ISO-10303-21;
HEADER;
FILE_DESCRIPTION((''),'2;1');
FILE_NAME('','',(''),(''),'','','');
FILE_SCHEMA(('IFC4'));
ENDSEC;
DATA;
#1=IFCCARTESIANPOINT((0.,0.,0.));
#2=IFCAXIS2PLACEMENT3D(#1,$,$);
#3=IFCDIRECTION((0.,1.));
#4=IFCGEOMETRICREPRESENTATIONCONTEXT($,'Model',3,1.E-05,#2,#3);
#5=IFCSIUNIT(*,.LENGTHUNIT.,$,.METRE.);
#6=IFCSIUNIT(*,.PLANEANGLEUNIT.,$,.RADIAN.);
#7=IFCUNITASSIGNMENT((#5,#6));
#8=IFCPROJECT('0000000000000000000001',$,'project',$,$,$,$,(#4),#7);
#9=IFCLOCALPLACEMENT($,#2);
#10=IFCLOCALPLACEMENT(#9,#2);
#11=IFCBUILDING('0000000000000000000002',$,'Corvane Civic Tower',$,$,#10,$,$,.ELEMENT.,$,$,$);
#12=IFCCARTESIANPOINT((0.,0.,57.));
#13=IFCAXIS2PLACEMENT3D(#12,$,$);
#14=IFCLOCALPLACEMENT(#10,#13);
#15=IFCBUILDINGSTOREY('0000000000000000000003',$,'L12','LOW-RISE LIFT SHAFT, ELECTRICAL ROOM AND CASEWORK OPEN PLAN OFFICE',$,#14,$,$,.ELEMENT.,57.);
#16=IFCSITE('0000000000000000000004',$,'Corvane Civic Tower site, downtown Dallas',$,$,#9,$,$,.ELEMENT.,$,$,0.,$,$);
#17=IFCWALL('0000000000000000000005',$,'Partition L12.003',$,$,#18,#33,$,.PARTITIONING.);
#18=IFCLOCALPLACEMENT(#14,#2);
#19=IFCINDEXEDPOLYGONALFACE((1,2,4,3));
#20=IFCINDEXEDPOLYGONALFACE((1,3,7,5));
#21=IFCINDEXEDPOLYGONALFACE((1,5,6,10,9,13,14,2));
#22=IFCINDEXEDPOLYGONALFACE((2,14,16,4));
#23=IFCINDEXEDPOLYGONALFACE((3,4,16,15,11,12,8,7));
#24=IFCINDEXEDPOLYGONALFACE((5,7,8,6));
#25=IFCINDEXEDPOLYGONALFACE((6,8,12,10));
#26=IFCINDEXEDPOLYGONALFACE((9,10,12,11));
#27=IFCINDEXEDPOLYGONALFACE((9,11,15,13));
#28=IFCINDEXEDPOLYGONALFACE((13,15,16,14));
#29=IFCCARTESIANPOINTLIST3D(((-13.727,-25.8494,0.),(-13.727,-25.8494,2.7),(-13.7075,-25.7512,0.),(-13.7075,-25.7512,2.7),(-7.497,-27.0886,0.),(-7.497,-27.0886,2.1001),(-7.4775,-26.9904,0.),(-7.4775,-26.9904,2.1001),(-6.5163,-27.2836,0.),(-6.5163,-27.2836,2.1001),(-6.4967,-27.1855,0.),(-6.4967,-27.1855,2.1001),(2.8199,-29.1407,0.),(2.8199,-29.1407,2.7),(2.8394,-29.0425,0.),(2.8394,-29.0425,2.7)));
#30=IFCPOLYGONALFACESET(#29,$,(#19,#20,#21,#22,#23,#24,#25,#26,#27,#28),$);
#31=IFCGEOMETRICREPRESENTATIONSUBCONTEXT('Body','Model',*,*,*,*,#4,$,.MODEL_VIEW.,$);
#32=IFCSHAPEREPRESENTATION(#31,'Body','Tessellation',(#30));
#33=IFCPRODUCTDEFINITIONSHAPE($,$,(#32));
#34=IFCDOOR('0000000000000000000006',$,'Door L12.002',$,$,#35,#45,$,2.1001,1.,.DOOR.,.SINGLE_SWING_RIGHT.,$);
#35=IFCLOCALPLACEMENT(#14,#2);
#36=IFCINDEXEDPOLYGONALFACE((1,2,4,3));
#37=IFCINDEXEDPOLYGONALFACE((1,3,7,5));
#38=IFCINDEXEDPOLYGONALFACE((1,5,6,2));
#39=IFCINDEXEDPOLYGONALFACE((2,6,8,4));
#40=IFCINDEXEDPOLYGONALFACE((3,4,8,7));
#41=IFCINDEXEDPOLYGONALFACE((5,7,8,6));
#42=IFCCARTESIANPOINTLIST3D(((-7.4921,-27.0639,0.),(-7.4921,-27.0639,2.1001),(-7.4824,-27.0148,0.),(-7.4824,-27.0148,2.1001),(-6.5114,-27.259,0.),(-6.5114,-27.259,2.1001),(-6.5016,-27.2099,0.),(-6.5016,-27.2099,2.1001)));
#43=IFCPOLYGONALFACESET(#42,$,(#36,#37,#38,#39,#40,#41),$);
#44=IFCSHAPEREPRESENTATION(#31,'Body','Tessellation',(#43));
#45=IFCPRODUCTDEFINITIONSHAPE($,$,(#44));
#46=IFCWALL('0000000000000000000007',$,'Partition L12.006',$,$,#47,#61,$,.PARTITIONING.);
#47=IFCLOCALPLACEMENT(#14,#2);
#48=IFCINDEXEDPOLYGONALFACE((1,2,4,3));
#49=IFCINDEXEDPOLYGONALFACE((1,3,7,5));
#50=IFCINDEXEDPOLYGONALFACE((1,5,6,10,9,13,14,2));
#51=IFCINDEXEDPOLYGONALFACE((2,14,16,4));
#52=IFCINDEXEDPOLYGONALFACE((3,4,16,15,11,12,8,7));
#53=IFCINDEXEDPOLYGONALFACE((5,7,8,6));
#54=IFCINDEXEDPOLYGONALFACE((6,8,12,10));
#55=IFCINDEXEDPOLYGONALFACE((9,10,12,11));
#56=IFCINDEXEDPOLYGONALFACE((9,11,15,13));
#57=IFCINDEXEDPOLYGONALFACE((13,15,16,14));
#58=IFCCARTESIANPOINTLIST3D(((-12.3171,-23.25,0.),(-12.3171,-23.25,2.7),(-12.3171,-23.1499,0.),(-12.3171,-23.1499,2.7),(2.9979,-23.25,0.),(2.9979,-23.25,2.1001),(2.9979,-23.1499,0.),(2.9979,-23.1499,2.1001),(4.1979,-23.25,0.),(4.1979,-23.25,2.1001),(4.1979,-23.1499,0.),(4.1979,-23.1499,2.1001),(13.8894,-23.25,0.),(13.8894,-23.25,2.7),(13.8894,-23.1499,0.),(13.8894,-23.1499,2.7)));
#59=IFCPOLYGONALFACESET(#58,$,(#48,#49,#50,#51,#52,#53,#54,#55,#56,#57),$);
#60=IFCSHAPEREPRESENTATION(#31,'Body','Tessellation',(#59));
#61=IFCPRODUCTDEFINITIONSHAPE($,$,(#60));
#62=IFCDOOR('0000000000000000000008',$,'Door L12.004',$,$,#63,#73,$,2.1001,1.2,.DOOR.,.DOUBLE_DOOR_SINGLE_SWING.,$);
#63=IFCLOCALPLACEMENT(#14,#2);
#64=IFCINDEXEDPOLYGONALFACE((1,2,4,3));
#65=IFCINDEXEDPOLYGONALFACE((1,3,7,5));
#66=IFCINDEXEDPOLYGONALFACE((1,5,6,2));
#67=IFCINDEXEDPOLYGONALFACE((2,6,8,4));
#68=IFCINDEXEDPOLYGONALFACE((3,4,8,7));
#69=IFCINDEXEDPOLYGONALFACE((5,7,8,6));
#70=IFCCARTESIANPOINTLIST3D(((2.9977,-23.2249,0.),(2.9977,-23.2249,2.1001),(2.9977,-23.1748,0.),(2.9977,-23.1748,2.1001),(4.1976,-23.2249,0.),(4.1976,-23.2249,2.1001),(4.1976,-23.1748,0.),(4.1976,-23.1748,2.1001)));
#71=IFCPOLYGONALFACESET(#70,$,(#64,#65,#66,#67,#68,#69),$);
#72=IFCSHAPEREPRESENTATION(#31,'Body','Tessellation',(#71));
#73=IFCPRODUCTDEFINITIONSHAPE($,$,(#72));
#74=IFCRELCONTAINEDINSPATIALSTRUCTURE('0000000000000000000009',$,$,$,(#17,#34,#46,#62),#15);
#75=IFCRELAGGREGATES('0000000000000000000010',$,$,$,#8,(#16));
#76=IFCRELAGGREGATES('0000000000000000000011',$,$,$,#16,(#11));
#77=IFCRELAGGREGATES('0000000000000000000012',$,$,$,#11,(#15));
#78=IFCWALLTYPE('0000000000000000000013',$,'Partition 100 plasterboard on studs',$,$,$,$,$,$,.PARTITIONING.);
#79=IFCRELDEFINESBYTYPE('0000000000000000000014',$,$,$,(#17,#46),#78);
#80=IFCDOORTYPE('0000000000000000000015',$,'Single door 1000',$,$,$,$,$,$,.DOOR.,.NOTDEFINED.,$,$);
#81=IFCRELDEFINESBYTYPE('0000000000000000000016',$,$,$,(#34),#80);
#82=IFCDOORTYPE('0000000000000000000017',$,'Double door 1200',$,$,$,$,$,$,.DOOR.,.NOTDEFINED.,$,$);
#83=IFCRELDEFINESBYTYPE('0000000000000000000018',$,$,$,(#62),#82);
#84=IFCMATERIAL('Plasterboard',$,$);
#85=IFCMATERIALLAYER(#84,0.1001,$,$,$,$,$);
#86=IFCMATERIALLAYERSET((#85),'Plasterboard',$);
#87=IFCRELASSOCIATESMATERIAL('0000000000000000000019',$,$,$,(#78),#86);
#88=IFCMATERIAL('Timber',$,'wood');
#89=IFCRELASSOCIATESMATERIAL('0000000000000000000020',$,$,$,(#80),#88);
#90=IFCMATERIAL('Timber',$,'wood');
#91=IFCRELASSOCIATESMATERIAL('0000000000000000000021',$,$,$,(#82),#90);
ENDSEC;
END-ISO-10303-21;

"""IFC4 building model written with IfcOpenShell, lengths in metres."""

from ifc_helpers import new_model, si_unit, direction, frame, frame_2d, origin, place, context, subcontext, project, spatial, rectangle, extrude, material, layer, layer_set, type_object, element, fill, save


model = new_model("IFC4")

# Units and contexts
model_context = context("Model", 3, precision=1e-05, world=origin(), true_north=direction((0.0, 1.0)))
body_context = subcontext(model_context, "Body", "Model", "MODEL_VIEW")
ifc_project = project(units=[si_unit("LENGTHUNIT", "METRE"), si_unit("PLANEANGLEUNIT", "RADIAN")], contexts=[model_context])

# Site, building, storey
site_placement = place(None, origin())
site = spatial("IfcSite", under=ifc_project, at=site_placement, Name="Corvane Civic Tower site, downtown Dallas", CompositionType="ELEMENT", RefElevation=0.0)
building_placement = place(site_placement, origin())
building = spatial("IfcBuilding", under=site, at=building_placement, Name="Corvane Civic Tower", CompositionType="ELEMENT")
storey_placement = place(building_placement, frame((0.0, 0.0, 57.0)))
storey = spatial("IfcBuildingStorey", under=building, at=storey_placement, Name="L12", Description="LOW-RISE LIFT SHAFT, ELECTRICAL ROOM AND CASEWORK OPEN PLAN OFFICE", CompositionType="ELEMENT", Elevation=57.0)

# Shared definitions
ifc_material_1 = material(Name="Plasterboard")
ifc_layer_1 = layer(ifc_material_1, 0.1001)
ifc_layer_set_1 = layer_set([ifc_layer_1], Name="Plasterboard")
wall_type = type_object("IfcWallType", Name="Partition 100 plasterboard on studs", PredefinedType="PARTITIONING", material=ifc_layer_set_1)

# Walls, openings, doors
wall_1_placement = place(storey_placement, frame((-13.7173, -25.8003, 0.0), z_axis=(0.0, 0.0, 1.0), x_axis=(0.980787, -0.195084, 0.0)))
wall_1 = element("IfcWall", 1, at=wall_1_placement, inside=storey, type_object=wall_type, Name="Partition L12.003", PredefinedType="PARTITIONING", context=body_context, shape_type="SweptSolid", body=[
    extrude(rectangle(XDim=16.8711, YDim=0.1001, at=frame_2d((8.4355, 0.0))), origin(), (0.0, 0.0, 1.0), 2.7),
])
opening_1_placement = place(wall_1_placement, frame((6.3521, 0.0, 0.0)))
opening_1 = element("IfcOpeningElement", 2, at=opening_1_placement, cuts=wall_1, PredefinedType="OPENING", context=body_context, shape_type="SweptSolid", body=[
    extrude(rectangle(XDim=1.0, YDim=2.1001, at=frame_2d((0.5, 1.05))), frame((0.0, 0.0601, 0.0), z_axis=(0.0, -1.0, 0.0), x_axis=(1.0, 0.0, 0.0)), (0.0, 0.0, 1.0), 0.1201),
])
ifc_material_2 = material(Name="Timber", Category="wood")
door_type_1 = type_object("IfcDoorType", Name="Single door 1000", OperationType="NOTDEFINED", PredefinedType="DOOR", material=ifc_material_2)
door_1_placement = place(opening_1_placement, frame((1.0, 0.0, 0.0), z_axis=(0.0, 0.0, 1.0), x_axis=(-1.0, 0.0, 0.0)))
door_1 = element("IfcDoor", 3, at=door_1_placement, inside=storey, type_object=door_type_1, Name="Door L12.002", OperationType="SINGLE_SWING_RIGHT", OverallHeight=2.1001, OverallWidth=1.0, PredefinedType="DOOR", context=body_context, shape_type="SweptSolid", body=[
    extrude(rectangle(XDim=1.0, YDim=2.1001, at=frame_2d((0.5, 1.05))), frame((0.0, 0.0249, 0.0), z_axis=(0.0, -1.0, 0.0), x_axis=(1.0, 0.0, 0.0)), (0.0, 0.0, 1.0), 0.05),
])
fill(opening_1, door_1)
wall_2_placement = place(storey_placement, frame((-12.3171, -23.2, 0.0), z_axis=(0.0, 0.0, 1.0), x_axis=(1.0, 0.0, 0.0)))
wall_2 = element("IfcWall", 4, at=wall_2_placement, inside=storey, type_object=wall_type, Name="Partition L12.006", PredefinedType="PARTITIONING", context=body_context, shape_type="SweptSolid", body=[
    extrude(rectangle(XDim=26.2065, YDim=0.1001, at=frame_2d((13.1033, 0.0))), origin(), (0.0, 0.0, 1.0), 2.7),
])
opening_2_placement = place(wall_2_placement, frame((15.3149, 0.0, 0.0)))
opening_2 = element("IfcOpeningElement", 5, at=opening_2_placement, cuts=wall_2, PredefinedType="OPENING", context=body_context, shape_type="SweptSolid", body=[
    extrude(rectangle(XDim=1.2, YDim=2.1001, at=frame_2d((0.6001, 1.05))), frame((0.0, 0.0601, 0.0), z_axis=(0.0, -1.0, 0.0), x_axis=(1.0, 0.0, 0.0)), (0.0, 0.0, 1.0), 0.1201),
])
ifc_material_3 = material(Name="Timber", Category="wood")
door_type_2 = type_object("IfcDoorType", Name="Double door 1200", OperationType="NOTDEFINED", PredefinedType="DOOR", material=ifc_material_3)
door_2_placement = place(opening_2_placement, frame((1.2, 0.0, 0.0), z_axis=(0.0, 0.0, 1.0), x_axis=(-1.0, 0.0, 0.0)))
door_2 = element("IfcDoor", 6, at=door_2_placement, inside=storey, type_object=door_type_2, Name="Door L12.004", OperationType="DOUBLE_DOOR_SINGLE_SWING", OverallHeight=2.1001, OverallWidth=1.2, PredefinedType="DOOR", context=body_context, shape_type="SweptSolid", body=[
    extrude(rectangle(XDim=1.2, YDim=2.1001, at=frame_2d((0.6001, 1.05))), frame((0.0, 0.0249, 0.0), z_axis=(0.0, -1.0, 0.0), x_axis=(1.0, 0.0, 0.0)), (0.0, 0.0, 1.0), 0.05),
])
fill(opening_2, door_2)

save(model, "model.ifc")
